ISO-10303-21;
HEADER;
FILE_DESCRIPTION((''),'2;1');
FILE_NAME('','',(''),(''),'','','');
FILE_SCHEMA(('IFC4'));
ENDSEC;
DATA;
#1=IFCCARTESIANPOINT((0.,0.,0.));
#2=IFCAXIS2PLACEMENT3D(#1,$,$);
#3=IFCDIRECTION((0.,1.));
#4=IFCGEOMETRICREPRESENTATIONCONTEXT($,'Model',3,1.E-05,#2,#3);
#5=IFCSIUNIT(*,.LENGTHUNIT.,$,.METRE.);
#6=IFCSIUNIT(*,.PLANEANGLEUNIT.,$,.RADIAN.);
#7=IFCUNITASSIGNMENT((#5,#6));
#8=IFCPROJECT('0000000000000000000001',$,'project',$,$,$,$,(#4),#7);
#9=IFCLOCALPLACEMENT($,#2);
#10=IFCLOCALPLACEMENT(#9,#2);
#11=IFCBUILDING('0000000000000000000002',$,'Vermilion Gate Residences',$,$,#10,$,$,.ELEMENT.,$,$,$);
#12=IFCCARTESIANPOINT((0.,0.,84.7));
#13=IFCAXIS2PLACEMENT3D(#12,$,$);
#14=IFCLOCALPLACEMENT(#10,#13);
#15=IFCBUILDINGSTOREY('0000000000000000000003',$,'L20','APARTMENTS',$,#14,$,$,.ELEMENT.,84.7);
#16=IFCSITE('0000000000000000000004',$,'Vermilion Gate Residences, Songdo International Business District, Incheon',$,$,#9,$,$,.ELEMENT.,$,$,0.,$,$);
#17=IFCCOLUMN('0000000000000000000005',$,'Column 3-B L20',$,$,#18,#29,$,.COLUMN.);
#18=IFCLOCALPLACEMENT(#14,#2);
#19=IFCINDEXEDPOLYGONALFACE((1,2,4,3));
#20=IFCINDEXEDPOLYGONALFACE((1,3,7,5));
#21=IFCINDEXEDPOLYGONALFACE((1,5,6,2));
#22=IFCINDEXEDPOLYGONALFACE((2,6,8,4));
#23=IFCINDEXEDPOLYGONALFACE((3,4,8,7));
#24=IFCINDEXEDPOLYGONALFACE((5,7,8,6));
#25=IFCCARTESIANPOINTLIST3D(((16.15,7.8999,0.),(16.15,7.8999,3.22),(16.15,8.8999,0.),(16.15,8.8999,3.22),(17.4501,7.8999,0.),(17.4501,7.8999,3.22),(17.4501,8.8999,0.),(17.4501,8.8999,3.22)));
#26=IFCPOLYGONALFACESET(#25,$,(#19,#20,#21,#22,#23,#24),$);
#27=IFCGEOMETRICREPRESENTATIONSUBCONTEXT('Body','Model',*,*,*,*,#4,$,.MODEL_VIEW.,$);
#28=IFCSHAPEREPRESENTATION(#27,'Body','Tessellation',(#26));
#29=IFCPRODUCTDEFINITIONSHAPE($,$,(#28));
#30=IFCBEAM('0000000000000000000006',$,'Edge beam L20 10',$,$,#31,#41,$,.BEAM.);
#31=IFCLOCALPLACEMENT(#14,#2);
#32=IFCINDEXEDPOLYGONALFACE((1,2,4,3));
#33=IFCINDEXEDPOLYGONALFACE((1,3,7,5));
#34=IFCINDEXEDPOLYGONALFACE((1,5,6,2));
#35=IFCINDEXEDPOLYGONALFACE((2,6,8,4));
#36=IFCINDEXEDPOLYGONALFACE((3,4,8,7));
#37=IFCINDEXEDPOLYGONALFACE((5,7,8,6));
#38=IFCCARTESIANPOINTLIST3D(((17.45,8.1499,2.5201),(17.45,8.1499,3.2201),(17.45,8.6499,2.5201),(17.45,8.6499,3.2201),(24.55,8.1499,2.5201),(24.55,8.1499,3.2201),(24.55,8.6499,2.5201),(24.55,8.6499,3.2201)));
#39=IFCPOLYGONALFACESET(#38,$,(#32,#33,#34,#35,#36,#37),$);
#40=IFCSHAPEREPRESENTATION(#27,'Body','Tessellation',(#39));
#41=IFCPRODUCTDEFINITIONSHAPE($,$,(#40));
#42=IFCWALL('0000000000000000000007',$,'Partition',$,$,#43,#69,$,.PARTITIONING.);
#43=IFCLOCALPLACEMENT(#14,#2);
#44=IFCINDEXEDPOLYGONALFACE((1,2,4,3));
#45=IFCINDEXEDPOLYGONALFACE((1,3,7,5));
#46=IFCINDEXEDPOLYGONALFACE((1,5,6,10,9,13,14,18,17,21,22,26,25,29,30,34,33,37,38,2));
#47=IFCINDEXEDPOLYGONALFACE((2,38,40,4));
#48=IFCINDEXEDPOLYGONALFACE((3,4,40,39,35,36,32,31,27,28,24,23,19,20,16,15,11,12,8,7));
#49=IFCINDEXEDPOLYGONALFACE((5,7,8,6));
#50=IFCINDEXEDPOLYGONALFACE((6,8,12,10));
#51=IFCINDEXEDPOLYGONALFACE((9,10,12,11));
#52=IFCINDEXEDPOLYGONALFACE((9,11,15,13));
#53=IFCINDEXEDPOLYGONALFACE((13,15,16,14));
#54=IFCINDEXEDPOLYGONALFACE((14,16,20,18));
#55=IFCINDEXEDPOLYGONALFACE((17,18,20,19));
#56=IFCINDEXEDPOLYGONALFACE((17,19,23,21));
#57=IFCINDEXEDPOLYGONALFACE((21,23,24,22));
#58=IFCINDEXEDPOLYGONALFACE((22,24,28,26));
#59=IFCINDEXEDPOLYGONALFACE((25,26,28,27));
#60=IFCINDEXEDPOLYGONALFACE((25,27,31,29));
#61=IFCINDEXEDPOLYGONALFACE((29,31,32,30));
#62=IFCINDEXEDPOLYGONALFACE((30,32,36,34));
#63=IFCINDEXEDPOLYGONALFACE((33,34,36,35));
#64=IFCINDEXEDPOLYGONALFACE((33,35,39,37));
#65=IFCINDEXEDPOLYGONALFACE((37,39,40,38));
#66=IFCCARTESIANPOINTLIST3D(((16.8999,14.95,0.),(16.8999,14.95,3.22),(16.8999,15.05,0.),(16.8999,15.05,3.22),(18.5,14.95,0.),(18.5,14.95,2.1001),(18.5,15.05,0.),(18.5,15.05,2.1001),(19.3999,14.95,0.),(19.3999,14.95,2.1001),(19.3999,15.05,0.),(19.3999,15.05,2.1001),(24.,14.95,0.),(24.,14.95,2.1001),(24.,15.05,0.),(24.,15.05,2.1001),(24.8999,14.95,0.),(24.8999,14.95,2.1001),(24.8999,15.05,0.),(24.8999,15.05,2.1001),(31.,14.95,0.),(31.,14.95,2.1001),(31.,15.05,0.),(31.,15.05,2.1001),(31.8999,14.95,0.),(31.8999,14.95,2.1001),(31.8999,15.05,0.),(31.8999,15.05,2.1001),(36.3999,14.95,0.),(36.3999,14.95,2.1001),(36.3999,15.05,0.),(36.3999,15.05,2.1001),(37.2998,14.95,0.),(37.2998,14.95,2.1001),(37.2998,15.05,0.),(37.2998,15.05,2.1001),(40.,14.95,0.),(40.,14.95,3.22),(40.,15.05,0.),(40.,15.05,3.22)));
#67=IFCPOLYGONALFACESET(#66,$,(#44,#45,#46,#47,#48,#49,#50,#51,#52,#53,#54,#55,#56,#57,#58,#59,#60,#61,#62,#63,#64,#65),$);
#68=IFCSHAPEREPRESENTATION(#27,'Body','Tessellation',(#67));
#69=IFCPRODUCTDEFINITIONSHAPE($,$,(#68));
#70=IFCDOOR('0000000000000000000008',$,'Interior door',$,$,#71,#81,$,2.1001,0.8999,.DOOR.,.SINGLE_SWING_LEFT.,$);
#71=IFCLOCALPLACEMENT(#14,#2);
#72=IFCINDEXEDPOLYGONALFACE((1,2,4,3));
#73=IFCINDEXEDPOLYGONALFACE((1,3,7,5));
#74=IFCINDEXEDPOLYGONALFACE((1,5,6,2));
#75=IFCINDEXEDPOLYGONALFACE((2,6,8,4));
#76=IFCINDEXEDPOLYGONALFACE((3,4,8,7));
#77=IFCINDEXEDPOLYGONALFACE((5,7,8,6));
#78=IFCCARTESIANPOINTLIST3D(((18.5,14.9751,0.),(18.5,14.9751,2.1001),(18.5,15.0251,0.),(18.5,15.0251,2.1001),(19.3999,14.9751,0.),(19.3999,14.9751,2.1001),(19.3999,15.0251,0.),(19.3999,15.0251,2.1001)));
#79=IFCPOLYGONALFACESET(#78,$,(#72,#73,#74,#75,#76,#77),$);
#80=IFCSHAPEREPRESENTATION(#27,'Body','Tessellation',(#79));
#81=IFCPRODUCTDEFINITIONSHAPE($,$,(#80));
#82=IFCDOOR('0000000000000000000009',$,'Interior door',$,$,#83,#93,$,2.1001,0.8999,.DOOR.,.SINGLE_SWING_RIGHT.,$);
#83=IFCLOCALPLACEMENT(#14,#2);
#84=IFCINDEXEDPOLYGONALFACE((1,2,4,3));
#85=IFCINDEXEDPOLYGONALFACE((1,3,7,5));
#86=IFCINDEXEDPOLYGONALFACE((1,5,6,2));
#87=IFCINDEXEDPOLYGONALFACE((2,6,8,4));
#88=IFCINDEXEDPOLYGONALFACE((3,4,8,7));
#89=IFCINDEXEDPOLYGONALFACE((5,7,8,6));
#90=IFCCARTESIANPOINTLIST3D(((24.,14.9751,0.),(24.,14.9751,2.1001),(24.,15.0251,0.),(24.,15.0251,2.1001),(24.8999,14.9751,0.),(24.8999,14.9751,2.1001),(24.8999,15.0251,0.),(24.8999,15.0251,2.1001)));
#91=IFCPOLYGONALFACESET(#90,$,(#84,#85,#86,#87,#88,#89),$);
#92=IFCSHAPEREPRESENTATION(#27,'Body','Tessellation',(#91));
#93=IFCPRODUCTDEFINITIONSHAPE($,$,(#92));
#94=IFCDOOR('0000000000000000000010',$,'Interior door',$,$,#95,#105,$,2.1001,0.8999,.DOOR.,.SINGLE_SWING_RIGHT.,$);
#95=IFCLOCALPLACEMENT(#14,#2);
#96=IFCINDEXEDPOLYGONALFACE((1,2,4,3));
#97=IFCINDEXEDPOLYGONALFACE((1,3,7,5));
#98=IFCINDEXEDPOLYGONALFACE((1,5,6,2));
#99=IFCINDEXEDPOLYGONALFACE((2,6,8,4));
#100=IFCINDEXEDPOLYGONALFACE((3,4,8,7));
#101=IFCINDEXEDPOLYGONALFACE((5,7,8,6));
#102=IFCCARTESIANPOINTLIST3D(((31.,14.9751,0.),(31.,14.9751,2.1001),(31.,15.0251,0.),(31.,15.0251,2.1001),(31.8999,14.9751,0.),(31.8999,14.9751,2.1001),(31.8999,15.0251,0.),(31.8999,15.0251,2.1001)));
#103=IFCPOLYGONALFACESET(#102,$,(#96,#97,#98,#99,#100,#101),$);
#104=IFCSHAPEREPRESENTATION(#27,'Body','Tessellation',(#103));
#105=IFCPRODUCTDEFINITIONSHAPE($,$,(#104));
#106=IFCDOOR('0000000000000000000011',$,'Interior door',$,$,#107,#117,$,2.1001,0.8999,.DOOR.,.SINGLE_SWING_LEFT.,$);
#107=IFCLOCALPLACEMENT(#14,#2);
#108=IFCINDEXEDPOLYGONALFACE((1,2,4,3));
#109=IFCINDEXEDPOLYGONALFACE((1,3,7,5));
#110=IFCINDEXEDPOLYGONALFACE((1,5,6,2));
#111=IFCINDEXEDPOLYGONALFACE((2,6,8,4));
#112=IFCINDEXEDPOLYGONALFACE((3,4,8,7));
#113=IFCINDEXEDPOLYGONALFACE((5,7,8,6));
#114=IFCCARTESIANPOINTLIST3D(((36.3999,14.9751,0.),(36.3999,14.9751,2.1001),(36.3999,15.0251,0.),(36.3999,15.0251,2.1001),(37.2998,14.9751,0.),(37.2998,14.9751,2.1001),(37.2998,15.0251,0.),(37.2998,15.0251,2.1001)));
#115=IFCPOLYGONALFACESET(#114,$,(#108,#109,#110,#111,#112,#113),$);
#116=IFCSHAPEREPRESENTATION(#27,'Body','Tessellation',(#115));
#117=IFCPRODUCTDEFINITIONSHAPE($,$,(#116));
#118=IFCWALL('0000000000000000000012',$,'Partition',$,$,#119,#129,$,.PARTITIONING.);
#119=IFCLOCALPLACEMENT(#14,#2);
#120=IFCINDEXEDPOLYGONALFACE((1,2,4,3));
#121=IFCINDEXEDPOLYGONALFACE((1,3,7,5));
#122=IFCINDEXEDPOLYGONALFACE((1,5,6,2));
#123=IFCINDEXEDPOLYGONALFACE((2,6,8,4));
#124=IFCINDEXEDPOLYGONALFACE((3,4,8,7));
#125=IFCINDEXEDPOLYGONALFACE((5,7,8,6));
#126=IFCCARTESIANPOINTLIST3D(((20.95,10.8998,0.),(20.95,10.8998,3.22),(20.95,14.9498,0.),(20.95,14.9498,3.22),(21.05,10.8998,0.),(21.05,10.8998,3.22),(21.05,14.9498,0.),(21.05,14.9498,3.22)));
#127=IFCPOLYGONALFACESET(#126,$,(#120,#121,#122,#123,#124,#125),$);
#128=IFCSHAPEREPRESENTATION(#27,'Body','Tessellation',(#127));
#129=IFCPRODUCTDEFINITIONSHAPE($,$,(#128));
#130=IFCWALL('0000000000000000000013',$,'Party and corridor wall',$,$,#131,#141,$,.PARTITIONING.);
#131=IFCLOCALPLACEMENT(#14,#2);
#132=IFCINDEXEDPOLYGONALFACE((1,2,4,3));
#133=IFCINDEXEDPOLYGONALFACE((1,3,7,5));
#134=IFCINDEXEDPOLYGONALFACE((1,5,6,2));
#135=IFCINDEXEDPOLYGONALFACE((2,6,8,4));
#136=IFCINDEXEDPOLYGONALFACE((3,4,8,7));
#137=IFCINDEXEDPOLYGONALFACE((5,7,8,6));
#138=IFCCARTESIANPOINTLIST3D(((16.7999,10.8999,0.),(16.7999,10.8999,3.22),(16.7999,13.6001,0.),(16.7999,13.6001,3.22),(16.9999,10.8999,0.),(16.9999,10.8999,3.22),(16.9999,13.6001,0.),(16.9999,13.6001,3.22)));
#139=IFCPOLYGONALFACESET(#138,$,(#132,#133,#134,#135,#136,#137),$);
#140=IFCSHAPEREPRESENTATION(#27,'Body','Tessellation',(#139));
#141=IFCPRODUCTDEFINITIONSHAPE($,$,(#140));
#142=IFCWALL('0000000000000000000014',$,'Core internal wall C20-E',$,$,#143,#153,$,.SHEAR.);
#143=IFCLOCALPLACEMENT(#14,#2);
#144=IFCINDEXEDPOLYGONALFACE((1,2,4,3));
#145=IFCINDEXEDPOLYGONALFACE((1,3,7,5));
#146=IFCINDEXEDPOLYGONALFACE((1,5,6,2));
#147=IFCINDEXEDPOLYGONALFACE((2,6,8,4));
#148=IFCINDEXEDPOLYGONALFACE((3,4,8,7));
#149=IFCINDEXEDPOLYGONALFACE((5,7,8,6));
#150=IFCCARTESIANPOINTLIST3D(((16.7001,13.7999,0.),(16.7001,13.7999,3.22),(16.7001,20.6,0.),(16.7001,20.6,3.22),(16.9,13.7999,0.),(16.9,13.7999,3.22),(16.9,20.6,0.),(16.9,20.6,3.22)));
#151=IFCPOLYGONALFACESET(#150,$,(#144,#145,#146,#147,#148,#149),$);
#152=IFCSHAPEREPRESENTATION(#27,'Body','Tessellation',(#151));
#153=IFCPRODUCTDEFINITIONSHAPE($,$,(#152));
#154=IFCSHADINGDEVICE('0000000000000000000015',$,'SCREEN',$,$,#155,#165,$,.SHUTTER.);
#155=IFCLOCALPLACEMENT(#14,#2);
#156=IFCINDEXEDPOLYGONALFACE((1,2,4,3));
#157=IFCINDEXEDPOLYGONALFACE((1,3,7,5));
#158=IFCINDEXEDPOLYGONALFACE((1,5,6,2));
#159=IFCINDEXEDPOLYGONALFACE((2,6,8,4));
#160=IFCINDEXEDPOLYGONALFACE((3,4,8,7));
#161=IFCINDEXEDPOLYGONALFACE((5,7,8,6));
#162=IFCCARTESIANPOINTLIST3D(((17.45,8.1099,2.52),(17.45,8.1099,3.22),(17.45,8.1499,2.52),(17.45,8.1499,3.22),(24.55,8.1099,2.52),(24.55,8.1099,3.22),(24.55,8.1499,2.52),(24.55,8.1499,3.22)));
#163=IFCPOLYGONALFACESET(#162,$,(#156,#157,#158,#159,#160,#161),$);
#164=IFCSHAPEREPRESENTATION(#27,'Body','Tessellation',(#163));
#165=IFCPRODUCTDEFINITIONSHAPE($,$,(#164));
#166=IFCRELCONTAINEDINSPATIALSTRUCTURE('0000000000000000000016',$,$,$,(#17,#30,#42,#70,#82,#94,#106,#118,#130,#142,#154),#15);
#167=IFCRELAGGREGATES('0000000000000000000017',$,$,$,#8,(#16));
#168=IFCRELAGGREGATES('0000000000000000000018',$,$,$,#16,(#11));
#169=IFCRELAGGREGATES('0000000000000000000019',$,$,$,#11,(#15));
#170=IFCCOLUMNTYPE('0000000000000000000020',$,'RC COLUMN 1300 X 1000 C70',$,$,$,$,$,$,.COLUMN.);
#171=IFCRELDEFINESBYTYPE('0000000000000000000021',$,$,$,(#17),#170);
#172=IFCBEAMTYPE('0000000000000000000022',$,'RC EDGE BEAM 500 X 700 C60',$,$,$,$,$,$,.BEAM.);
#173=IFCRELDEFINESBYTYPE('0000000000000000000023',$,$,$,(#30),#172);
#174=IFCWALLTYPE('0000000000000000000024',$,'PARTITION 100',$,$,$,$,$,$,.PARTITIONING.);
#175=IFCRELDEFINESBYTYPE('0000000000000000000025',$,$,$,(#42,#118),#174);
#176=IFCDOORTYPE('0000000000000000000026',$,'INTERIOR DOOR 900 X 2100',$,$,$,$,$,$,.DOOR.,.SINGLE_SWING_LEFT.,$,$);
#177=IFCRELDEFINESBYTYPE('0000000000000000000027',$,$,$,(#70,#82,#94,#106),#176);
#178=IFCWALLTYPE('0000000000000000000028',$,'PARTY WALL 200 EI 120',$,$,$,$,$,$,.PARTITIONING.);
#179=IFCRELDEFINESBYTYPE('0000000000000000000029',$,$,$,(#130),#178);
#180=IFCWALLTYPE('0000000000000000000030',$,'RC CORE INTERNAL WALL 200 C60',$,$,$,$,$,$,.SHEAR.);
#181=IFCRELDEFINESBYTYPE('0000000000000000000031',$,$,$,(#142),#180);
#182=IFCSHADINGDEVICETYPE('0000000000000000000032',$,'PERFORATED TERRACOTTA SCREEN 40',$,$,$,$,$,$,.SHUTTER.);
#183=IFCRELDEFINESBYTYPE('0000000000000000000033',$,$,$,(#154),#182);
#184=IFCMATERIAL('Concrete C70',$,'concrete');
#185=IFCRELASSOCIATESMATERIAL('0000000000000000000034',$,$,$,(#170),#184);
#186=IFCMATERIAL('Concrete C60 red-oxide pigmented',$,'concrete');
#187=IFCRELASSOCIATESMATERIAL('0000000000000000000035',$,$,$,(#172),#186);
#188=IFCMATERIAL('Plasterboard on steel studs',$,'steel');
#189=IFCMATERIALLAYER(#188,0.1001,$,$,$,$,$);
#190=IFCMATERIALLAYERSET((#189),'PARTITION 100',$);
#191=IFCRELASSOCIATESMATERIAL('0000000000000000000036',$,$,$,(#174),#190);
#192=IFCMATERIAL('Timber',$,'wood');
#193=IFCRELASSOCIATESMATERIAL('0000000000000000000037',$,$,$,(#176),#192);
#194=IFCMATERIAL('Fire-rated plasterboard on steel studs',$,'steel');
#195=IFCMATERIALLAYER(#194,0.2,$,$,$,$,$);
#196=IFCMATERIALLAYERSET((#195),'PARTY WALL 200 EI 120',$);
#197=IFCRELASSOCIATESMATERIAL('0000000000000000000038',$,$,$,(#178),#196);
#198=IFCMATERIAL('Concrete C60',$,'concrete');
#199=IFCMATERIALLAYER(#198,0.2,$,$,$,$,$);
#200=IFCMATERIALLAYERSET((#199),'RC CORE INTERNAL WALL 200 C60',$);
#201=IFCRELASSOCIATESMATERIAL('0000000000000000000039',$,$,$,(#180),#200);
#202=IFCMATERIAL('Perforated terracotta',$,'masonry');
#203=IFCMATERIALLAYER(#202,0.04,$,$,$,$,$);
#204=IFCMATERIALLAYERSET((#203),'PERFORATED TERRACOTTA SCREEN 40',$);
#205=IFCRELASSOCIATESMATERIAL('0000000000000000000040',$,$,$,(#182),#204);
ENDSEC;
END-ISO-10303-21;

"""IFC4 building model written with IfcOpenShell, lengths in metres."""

from ifc_helpers import new_model, si_unit, direction, frame, frame_2d, origin, origin_2d, place, context, subcontext, project, spatial, rectangle, extrude, material, layer, layer_set, material_profile, profile_set, type_object, element, fill, save


model = new_model("IFC4")

# Units and contexts
model_context = context("Model", 3, precision=1e-05, world=origin(), true_north=direction((0.0, 1.0)))
body_context = subcontext(model_context, "Body", "Model", "MODEL_VIEW")
ifc_project = project(units=[si_unit("LENGTHUNIT", "METRE"), si_unit("PLANEANGLEUNIT", "RADIAN")], contexts=[model_context])

# Site, building, storey
site_placement = place(None, origin())
site = spatial("IfcSite", under=ifc_project, at=site_placement, Name="Vermilion Gate Residences, Songdo International Business District, Incheon", CompositionType="ELEMENT", RefElevation=0.0)
building_placement = place(site_placement, origin())
building = spatial("IfcBuilding", under=site, at=building_placement, Name="Vermilion Gate Residences", CompositionType="ELEMENT")
storey_placement = place(building_placement, frame((0.0, 0.0, 84.7)))
storey = spatial("IfcBuildingStorey", under=building, at=storey_placement, Name="L20", Description="APARTMENTS", CompositionType="ELEMENT", Elevation=84.7)

# Column
ifc_material_1 = material(Name="Concrete C70", Category="concrete")
ifc_material_profile_1 = material_profile(ifc_material_1, rectangle(XDim=1.3, YDim=1.0, at=origin_2d()), Name="RC-1300x1000")
ifc_profile_set_1 = profile_set([ifc_material_profile_1], Name="Concrete C70")
column_type = type_object("IfcColumnType", Name="RC COLUMN 1300 X 1000 C70", PredefinedType="COLUMN", material=ifc_profile_set_1)
column_placement = place(storey_placement, frame((16.8, 8.3999, 0.0), z_axis=(0.0, 0.0, 1.0), x_axis=(1.0, 0.0, 0.0)))
element("IfcColumn", 1, at=column_placement, inside=storey, type_object=column_type, Name="Column 3-B L20", PredefinedType="COLUMN", context=body_context, shape_type="SweptSolid", body=[
    extrude(rectangle(XDim=1.3, YDim=1.0, at=origin_2d()), origin(), (0.0, 0.0, 1.0), 3.22),
])

# Beam
ifc_material_2 = material(Name="Concrete C60 red-oxide pigmented", Category="concrete")
ifc_material_profile_2 = material_profile(ifc_material_2, rectangle(XDim=0.5, YDim=0.7, at=origin_2d()), Name="RC-500x700")
ifc_profile_set_2 = profile_set([ifc_material_profile_2], Name="Concrete C60 red-oxide pigmented")
beam_type = type_object("IfcBeamType", Name="RC EDGE BEAM 500 X 700 C60", PredefinedType="BEAM", material=ifc_profile_set_2)
beam_placement = place(storey_placement, frame((17.45, 8.3999, 2.8701), z_axis=(1.0, 0.0, 0.0), x_axis=(0.0, 1.0, 0.0)))
element("IfcBeam", 2, at=beam_placement, inside=storey, type_object=beam_type, Name="Edge beam L20 10", PredefinedType="BEAM", context=body_context, shape_type="SweptSolid", body=[
    extrude(rectangle(XDim=0.5, YDim=0.7, at=origin_2d()), origin(), (0.0, 0.0, 1.0), 7.1001),
])

# Wall, openings, doors
ifc_material_3 = material(Name="Plasterboard on steel studs", Category="steel")
ifc_layer_1 = layer(ifc_material_3, 0.1001)
ifc_layer_set_1 = layer_set([ifc_layer_1], Name="PARTITION 100")
wall_type_1 = type_object("IfcWallType", Name="PARTITION 100", PredefinedType="PARTITIONING", material=ifc_layer_set_1)
wall_1_placement = place(storey_placement, frame((16.8999, 15.0, 0.0), z_axis=(0.0, 0.0, 1.0), x_axis=(1.0, 0.0, 0.0)))
wall_1 = element("IfcWall", 3, at=wall_1_placement, inside=storey, type_object=wall_type_1, Name="Partition", PredefinedType="PARTITIONING", context=body_context, shape_type="SweptSolid", body=[
    extrude(rectangle(XDim=23.1001, YDim=0.1001, at=frame_2d((11.55, 0.0))), origin(), (0.0, 0.0, 1.0), 3.22),
])
opening_1_placement = place(wall_1_placement, frame((1.6001, 0.0, 0.0)))
opening_1 = element("IfcOpeningElement", 4, at=opening_1_placement, cuts=wall_1, PredefinedType="OPENING", context=body_context, shape_type="SweptSolid", body=[
    extrude(rectangle(XDim=0.8999, YDim=2.1001, at=frame_2d((0.45, 1.05))), frame((0.0, 0.0601, 0.0), z_axis=(0.0, -1.0, 0.0), x_axis=(1.0, 0.0, 0.0)), (0.0, 0.0, 1.0), 0.1201),
])
opening_2_placement = place(wall_1_placement, frame((7.1001, 0.0, 0.0)))
opening_2 = element("IfcOpeningElement", 5, at=opening_2_placement, cuts=wall_1, PredefinedType="OPENING", context=body_context, shape_type="SweptSolid", body=[
    extrude(rectangle(XDim=0.8999, YDim=2.1001, at=frame_2d((0.45, 1.05))), frame((0.0, 0.0601, 0.0), z_axis=(0.0, -1.0, 0.0), x_axis=(1.0, 0.0, 0.0)), (0.0, 0.0, 1.0), 0.1201),
])
opening_3_placement = place(wall_1_placement, frame((14.1001, 0.0, 0.0)))
opening_3 = element("IfcOpeningElement", 6, at=opening_3_placement, cuts=wall_1, PredefinedType="OPENING", context=body_context, shape_type="SweptSolid", body=[
    extrude(rectangle(XDim=0.8999, YDim=2.1001, at=frame_2d((0.45, 1.05))), frame((0.0, 0.0601, 0.0), z_axis=(0.0, -1.0, 0.0), x_axis=(1.0, 0.0, 0.0)), (0.0, 0.0, 1.0), 0.1201),
])
opening_4_placement = place(wall_1_placement, frame((19.5, 0.0, 0.0)))
opening_4 = element("IfcOpeningElement", 7, at=opening_4_placement, cuts=wall_1, PredefinedType="OPENING", context=body_context, shape_type="SweptSolid", body=[
    extrude(rectangle(XDim=0.8999, YDim=2.1001, at=frame_2d((0.45, 1.05))), frame((0.0, 0.0601, 0.0), z_axis=(0.0, -1.0, 0.0), x_axis=(1.0, 0.0, 0.0)), (0.0, 0.0, 1.0), 0.1201),
])
ifc_material_4 = material(Name="Timber", Category="wood")
door_type = type_object("IfcDoorType", Name="INTERIOR DOOR 900 X 2100", OperationType="SINGLE_SWING_LEFT", PredefinedType="DOOR", material=ifc_material_4)
door_1_placement = place(opening_1_placement, frame((0.8999, 0.0, 0.0), z_axis=(0.0, 0.0, 1.0), x_axis=(-1.0, 0.0, 0.0)))
door_1 = element("IfcDoor", 8, at=door_1_placement, inside=storey, type_object=door_type, Name="Interior door", OperationType="SINGLE_SWING_LEFT", OverallHeight=2.1001, OverallWidth=0.8999, PredefinedType="DOOR", context=body_context, shape_type="SweptSolid", body=[
    extrude(rectangle(XDim=0.8999, YDim=2.1001, at=frame_2d((0.45, 1.05))), frame((0.0, 0.0249, 0.0), z_axis=(0.0, -1.0, 0.0), x_axis=(1.0, 0.0, 0.0)), (0.0, 0.0, 1.0), 0.05),
])
fill(opening_1, door_1)
door_2_placement = place(opening_2_placement, frame((0.8999, 0.0, 0.0), z_axis=(0.0, 0.0, 1.0), x_axis=(-1.0, 0.0, 0.0)))
door_2 = element("IfcDoor", 9, at=door_2_placement, inside=storey, type_object=door_type, Name="Interior door", OperationType="SINGLE_SWING_RIGHT", OverallHeight=2.1001, OverallWidth=0.8999, PredefinedType="DOOR", context=body_context, shape_type="SweptSolid", body=[
    extrude(rectangle(XDim=0.8999, YDim=2.1001, at=frame_2d((0.45, 1.05))), frame((0.0, 0.0249, 0.0), z_axis=(0.0, -1.0, 0.0), x_axis=(1.0, 0.0, 0.0)), (0.0, 0.0, 1.0), 0.05),
])
fill(opening_2, door_2)
door_3_placement = place(opening_3_placement, frame((0.8999, 0.0, 0.0), z_axis=(0.0, 0.0, 1.0), x_axis=(-1.0, 0.0, 0.0)))
door_3 = element("IfcDoor", 10, at=door_3_placement, inside=storey, type_object=door_type, Name="Interior door", OperationType="SINGLE_SWING_RIGHT", OverallHeight=2.1001, OverallWidth=0.8999, PredefinedType="DOOR", context=body_context, shape_type="SweptSolid", body=[
    extrude(rectangle(XDim=0.8999, YDim=2.1001, at=frame_2d((0.45, 1.05))), frame((0.0, 0.0249, 0.0), z_axis=(0.0, -1.0, 0.0), x_axis=(1.0, 0.0, 0.0)), (0.0, 0.0, 1.0), 0.05),
])
fill(opening_3, door_3)
door_4_placement = place(opening_4_placement, frame((0.8999, 0.0, 0.0), z_axis=(0.0, 0.0, 1.0), x_axis=(-1.0, 0.0, 0.0)))
door_4 = element("IfcDoor", 11, at=door_4_placement, inside=storey, type_object=door_type, Name="Interior door", OperationType="SINGLE_SWING_LEFT", OverallHeight=2.1001, OverallWidth=0.8999, PredefinedType="DOOR", context=body_context, shape_type="SweptSolid", body=[
    extrude(rectangle(XDim=0.8999, YDim=2.1001, at=frame_2d((0.45, 1.05))), frame((0.0, 0.0249, 0.0), z_axis=(0.0, -1.0, 0.0), x_axis=(1.0, 0.0, 0.0)), (0.0, 0.0, 1.0), 0.05),
])
fill(opening_4, door_4)

# Walls
wall_2_placement = place(storey_placement, frame((21.0, 10.8999, 0.0), z_axis=(0.0, 0.0, 1.0), x_axis=(0.0, 1.0, 0.0)))
element("IfcWall", 12, at=wall_2_placement, inside=storey, type_object=wall_type_1, Name="Partition", PredefinedType="PARTITIONING", context=body_context, shape_type="SweptSolid", body=[
    extrude(rectangle(XDim=4.05, YDim=0.1001, at=frame_2d((2.0249, 0.0))), origin(), (0.0, 0.0, 1.0), 3.22),
])
ifc_material_5 = material(Name="Fire-rated plasterboard on steel studs", Category="steel")
ifc_layer_2 = layer(ifc_material_5, 0.2)
ifc_layer_set_2 = layer_set([ifc_layer_2], Name="PARTY WALL 200 EI 120")
wall_type_2 = type_object("IfcWallType", Name="PARTY WALL 200 EI 120", PredefinedType="PARTITIONING", material=ifc_layer_set_2)
wall_3_placement = place(storey_placement, frame((16.8999, 10.8999, 0.0), z_axis=(0.0, 0.0, 1.0), x_axis=(0.0, 1.0, 0.0)))
element("IfcWall", 13, at=wall_3_placement, inside=storey, type_object=wall_type_2, Name="Party and corridor wall", PredefinedType="PARTITIONING", context=body_context, shape_type="SweptSolid", body=[
    extrude(rectangle(XDim=2.7002, YDim=0.2, at=frame_2d((1.3501, 0.0))), origin(), (0.0, 0.0, 1.0), 3.22),
])
ifc_material_6 = material(Name="Concrete C60", Category="concrete")
ifc_layer_3 = layer(ifc_material_6, 0.2)
ifc_layer_set_3 = layer_set([ifc_layer_3], Name="RC CORE INTERNAL WALL 200 C60")
wall_type_3 = type_object("IfcWallType", Name="RC CORE INTERNAL WALL 200 C60", PredefinedType="SHEAR", material=ifc_layer_set_3)
wall_4_placement = place(storey_placement, frame((16.8, 13.8, 0.0), z_axis=(0.0, 0.0, 1.0), x_axis=(0.0, 1.0, 0.0)))
element("IfcWall", 14, at=wall_4_placement, inside=storey, type_object=wall_type_3, Name="Core internal wall C20-E", PredefinedType="SHEAR", context=body_context, shape_type="SweptSolid", body=[
    extrude(rectangle(XDim=6.8, YDim=0.2, at=frame_2d((3.3999, 0.0))), origin(), (0.0, 0.0, 1.0), 3.22),
])

# Shading device
ifc_material_7 = material(Name="Perforated terracotta", Category="masonry")
ifc_layer_4 = layer(ifc_material_7, 0.04)
ifc_layer_set_4 = layer_set([ifc_layer_4], Name="PERFORATED TERRACOTTA SCREEN 40")
shading_device_type_1 = type_object("IfcShadingDeviceType", Name="PERFORATED TERRACOTTA SCREEN 40", PredefinedType="SHUTTER", material=ifc_layer_set_4)
shading_device_1_placement = place(storey_placement, frame((21.0, 8.1299, 2.52), z_axis=(0.0, 0.0, 1.0), x_axis=(1.0, 0.0, 0.0)))
element("IfcShadingDevice", 15, at=shading_device_1_placement, inside=storey, type_object=shading_device_type_1, Name="SCREEN", PredefinedType="SHUTTER", context=body_context, shape_type="SweptSolid", body=[
    extrude(rectangle(XDim=7.1001, YDim=0.04, at=origin_2d()), origin(), (0.0, 0.0, 1.0), 0.7),
])

save(model, "model.ifc")
